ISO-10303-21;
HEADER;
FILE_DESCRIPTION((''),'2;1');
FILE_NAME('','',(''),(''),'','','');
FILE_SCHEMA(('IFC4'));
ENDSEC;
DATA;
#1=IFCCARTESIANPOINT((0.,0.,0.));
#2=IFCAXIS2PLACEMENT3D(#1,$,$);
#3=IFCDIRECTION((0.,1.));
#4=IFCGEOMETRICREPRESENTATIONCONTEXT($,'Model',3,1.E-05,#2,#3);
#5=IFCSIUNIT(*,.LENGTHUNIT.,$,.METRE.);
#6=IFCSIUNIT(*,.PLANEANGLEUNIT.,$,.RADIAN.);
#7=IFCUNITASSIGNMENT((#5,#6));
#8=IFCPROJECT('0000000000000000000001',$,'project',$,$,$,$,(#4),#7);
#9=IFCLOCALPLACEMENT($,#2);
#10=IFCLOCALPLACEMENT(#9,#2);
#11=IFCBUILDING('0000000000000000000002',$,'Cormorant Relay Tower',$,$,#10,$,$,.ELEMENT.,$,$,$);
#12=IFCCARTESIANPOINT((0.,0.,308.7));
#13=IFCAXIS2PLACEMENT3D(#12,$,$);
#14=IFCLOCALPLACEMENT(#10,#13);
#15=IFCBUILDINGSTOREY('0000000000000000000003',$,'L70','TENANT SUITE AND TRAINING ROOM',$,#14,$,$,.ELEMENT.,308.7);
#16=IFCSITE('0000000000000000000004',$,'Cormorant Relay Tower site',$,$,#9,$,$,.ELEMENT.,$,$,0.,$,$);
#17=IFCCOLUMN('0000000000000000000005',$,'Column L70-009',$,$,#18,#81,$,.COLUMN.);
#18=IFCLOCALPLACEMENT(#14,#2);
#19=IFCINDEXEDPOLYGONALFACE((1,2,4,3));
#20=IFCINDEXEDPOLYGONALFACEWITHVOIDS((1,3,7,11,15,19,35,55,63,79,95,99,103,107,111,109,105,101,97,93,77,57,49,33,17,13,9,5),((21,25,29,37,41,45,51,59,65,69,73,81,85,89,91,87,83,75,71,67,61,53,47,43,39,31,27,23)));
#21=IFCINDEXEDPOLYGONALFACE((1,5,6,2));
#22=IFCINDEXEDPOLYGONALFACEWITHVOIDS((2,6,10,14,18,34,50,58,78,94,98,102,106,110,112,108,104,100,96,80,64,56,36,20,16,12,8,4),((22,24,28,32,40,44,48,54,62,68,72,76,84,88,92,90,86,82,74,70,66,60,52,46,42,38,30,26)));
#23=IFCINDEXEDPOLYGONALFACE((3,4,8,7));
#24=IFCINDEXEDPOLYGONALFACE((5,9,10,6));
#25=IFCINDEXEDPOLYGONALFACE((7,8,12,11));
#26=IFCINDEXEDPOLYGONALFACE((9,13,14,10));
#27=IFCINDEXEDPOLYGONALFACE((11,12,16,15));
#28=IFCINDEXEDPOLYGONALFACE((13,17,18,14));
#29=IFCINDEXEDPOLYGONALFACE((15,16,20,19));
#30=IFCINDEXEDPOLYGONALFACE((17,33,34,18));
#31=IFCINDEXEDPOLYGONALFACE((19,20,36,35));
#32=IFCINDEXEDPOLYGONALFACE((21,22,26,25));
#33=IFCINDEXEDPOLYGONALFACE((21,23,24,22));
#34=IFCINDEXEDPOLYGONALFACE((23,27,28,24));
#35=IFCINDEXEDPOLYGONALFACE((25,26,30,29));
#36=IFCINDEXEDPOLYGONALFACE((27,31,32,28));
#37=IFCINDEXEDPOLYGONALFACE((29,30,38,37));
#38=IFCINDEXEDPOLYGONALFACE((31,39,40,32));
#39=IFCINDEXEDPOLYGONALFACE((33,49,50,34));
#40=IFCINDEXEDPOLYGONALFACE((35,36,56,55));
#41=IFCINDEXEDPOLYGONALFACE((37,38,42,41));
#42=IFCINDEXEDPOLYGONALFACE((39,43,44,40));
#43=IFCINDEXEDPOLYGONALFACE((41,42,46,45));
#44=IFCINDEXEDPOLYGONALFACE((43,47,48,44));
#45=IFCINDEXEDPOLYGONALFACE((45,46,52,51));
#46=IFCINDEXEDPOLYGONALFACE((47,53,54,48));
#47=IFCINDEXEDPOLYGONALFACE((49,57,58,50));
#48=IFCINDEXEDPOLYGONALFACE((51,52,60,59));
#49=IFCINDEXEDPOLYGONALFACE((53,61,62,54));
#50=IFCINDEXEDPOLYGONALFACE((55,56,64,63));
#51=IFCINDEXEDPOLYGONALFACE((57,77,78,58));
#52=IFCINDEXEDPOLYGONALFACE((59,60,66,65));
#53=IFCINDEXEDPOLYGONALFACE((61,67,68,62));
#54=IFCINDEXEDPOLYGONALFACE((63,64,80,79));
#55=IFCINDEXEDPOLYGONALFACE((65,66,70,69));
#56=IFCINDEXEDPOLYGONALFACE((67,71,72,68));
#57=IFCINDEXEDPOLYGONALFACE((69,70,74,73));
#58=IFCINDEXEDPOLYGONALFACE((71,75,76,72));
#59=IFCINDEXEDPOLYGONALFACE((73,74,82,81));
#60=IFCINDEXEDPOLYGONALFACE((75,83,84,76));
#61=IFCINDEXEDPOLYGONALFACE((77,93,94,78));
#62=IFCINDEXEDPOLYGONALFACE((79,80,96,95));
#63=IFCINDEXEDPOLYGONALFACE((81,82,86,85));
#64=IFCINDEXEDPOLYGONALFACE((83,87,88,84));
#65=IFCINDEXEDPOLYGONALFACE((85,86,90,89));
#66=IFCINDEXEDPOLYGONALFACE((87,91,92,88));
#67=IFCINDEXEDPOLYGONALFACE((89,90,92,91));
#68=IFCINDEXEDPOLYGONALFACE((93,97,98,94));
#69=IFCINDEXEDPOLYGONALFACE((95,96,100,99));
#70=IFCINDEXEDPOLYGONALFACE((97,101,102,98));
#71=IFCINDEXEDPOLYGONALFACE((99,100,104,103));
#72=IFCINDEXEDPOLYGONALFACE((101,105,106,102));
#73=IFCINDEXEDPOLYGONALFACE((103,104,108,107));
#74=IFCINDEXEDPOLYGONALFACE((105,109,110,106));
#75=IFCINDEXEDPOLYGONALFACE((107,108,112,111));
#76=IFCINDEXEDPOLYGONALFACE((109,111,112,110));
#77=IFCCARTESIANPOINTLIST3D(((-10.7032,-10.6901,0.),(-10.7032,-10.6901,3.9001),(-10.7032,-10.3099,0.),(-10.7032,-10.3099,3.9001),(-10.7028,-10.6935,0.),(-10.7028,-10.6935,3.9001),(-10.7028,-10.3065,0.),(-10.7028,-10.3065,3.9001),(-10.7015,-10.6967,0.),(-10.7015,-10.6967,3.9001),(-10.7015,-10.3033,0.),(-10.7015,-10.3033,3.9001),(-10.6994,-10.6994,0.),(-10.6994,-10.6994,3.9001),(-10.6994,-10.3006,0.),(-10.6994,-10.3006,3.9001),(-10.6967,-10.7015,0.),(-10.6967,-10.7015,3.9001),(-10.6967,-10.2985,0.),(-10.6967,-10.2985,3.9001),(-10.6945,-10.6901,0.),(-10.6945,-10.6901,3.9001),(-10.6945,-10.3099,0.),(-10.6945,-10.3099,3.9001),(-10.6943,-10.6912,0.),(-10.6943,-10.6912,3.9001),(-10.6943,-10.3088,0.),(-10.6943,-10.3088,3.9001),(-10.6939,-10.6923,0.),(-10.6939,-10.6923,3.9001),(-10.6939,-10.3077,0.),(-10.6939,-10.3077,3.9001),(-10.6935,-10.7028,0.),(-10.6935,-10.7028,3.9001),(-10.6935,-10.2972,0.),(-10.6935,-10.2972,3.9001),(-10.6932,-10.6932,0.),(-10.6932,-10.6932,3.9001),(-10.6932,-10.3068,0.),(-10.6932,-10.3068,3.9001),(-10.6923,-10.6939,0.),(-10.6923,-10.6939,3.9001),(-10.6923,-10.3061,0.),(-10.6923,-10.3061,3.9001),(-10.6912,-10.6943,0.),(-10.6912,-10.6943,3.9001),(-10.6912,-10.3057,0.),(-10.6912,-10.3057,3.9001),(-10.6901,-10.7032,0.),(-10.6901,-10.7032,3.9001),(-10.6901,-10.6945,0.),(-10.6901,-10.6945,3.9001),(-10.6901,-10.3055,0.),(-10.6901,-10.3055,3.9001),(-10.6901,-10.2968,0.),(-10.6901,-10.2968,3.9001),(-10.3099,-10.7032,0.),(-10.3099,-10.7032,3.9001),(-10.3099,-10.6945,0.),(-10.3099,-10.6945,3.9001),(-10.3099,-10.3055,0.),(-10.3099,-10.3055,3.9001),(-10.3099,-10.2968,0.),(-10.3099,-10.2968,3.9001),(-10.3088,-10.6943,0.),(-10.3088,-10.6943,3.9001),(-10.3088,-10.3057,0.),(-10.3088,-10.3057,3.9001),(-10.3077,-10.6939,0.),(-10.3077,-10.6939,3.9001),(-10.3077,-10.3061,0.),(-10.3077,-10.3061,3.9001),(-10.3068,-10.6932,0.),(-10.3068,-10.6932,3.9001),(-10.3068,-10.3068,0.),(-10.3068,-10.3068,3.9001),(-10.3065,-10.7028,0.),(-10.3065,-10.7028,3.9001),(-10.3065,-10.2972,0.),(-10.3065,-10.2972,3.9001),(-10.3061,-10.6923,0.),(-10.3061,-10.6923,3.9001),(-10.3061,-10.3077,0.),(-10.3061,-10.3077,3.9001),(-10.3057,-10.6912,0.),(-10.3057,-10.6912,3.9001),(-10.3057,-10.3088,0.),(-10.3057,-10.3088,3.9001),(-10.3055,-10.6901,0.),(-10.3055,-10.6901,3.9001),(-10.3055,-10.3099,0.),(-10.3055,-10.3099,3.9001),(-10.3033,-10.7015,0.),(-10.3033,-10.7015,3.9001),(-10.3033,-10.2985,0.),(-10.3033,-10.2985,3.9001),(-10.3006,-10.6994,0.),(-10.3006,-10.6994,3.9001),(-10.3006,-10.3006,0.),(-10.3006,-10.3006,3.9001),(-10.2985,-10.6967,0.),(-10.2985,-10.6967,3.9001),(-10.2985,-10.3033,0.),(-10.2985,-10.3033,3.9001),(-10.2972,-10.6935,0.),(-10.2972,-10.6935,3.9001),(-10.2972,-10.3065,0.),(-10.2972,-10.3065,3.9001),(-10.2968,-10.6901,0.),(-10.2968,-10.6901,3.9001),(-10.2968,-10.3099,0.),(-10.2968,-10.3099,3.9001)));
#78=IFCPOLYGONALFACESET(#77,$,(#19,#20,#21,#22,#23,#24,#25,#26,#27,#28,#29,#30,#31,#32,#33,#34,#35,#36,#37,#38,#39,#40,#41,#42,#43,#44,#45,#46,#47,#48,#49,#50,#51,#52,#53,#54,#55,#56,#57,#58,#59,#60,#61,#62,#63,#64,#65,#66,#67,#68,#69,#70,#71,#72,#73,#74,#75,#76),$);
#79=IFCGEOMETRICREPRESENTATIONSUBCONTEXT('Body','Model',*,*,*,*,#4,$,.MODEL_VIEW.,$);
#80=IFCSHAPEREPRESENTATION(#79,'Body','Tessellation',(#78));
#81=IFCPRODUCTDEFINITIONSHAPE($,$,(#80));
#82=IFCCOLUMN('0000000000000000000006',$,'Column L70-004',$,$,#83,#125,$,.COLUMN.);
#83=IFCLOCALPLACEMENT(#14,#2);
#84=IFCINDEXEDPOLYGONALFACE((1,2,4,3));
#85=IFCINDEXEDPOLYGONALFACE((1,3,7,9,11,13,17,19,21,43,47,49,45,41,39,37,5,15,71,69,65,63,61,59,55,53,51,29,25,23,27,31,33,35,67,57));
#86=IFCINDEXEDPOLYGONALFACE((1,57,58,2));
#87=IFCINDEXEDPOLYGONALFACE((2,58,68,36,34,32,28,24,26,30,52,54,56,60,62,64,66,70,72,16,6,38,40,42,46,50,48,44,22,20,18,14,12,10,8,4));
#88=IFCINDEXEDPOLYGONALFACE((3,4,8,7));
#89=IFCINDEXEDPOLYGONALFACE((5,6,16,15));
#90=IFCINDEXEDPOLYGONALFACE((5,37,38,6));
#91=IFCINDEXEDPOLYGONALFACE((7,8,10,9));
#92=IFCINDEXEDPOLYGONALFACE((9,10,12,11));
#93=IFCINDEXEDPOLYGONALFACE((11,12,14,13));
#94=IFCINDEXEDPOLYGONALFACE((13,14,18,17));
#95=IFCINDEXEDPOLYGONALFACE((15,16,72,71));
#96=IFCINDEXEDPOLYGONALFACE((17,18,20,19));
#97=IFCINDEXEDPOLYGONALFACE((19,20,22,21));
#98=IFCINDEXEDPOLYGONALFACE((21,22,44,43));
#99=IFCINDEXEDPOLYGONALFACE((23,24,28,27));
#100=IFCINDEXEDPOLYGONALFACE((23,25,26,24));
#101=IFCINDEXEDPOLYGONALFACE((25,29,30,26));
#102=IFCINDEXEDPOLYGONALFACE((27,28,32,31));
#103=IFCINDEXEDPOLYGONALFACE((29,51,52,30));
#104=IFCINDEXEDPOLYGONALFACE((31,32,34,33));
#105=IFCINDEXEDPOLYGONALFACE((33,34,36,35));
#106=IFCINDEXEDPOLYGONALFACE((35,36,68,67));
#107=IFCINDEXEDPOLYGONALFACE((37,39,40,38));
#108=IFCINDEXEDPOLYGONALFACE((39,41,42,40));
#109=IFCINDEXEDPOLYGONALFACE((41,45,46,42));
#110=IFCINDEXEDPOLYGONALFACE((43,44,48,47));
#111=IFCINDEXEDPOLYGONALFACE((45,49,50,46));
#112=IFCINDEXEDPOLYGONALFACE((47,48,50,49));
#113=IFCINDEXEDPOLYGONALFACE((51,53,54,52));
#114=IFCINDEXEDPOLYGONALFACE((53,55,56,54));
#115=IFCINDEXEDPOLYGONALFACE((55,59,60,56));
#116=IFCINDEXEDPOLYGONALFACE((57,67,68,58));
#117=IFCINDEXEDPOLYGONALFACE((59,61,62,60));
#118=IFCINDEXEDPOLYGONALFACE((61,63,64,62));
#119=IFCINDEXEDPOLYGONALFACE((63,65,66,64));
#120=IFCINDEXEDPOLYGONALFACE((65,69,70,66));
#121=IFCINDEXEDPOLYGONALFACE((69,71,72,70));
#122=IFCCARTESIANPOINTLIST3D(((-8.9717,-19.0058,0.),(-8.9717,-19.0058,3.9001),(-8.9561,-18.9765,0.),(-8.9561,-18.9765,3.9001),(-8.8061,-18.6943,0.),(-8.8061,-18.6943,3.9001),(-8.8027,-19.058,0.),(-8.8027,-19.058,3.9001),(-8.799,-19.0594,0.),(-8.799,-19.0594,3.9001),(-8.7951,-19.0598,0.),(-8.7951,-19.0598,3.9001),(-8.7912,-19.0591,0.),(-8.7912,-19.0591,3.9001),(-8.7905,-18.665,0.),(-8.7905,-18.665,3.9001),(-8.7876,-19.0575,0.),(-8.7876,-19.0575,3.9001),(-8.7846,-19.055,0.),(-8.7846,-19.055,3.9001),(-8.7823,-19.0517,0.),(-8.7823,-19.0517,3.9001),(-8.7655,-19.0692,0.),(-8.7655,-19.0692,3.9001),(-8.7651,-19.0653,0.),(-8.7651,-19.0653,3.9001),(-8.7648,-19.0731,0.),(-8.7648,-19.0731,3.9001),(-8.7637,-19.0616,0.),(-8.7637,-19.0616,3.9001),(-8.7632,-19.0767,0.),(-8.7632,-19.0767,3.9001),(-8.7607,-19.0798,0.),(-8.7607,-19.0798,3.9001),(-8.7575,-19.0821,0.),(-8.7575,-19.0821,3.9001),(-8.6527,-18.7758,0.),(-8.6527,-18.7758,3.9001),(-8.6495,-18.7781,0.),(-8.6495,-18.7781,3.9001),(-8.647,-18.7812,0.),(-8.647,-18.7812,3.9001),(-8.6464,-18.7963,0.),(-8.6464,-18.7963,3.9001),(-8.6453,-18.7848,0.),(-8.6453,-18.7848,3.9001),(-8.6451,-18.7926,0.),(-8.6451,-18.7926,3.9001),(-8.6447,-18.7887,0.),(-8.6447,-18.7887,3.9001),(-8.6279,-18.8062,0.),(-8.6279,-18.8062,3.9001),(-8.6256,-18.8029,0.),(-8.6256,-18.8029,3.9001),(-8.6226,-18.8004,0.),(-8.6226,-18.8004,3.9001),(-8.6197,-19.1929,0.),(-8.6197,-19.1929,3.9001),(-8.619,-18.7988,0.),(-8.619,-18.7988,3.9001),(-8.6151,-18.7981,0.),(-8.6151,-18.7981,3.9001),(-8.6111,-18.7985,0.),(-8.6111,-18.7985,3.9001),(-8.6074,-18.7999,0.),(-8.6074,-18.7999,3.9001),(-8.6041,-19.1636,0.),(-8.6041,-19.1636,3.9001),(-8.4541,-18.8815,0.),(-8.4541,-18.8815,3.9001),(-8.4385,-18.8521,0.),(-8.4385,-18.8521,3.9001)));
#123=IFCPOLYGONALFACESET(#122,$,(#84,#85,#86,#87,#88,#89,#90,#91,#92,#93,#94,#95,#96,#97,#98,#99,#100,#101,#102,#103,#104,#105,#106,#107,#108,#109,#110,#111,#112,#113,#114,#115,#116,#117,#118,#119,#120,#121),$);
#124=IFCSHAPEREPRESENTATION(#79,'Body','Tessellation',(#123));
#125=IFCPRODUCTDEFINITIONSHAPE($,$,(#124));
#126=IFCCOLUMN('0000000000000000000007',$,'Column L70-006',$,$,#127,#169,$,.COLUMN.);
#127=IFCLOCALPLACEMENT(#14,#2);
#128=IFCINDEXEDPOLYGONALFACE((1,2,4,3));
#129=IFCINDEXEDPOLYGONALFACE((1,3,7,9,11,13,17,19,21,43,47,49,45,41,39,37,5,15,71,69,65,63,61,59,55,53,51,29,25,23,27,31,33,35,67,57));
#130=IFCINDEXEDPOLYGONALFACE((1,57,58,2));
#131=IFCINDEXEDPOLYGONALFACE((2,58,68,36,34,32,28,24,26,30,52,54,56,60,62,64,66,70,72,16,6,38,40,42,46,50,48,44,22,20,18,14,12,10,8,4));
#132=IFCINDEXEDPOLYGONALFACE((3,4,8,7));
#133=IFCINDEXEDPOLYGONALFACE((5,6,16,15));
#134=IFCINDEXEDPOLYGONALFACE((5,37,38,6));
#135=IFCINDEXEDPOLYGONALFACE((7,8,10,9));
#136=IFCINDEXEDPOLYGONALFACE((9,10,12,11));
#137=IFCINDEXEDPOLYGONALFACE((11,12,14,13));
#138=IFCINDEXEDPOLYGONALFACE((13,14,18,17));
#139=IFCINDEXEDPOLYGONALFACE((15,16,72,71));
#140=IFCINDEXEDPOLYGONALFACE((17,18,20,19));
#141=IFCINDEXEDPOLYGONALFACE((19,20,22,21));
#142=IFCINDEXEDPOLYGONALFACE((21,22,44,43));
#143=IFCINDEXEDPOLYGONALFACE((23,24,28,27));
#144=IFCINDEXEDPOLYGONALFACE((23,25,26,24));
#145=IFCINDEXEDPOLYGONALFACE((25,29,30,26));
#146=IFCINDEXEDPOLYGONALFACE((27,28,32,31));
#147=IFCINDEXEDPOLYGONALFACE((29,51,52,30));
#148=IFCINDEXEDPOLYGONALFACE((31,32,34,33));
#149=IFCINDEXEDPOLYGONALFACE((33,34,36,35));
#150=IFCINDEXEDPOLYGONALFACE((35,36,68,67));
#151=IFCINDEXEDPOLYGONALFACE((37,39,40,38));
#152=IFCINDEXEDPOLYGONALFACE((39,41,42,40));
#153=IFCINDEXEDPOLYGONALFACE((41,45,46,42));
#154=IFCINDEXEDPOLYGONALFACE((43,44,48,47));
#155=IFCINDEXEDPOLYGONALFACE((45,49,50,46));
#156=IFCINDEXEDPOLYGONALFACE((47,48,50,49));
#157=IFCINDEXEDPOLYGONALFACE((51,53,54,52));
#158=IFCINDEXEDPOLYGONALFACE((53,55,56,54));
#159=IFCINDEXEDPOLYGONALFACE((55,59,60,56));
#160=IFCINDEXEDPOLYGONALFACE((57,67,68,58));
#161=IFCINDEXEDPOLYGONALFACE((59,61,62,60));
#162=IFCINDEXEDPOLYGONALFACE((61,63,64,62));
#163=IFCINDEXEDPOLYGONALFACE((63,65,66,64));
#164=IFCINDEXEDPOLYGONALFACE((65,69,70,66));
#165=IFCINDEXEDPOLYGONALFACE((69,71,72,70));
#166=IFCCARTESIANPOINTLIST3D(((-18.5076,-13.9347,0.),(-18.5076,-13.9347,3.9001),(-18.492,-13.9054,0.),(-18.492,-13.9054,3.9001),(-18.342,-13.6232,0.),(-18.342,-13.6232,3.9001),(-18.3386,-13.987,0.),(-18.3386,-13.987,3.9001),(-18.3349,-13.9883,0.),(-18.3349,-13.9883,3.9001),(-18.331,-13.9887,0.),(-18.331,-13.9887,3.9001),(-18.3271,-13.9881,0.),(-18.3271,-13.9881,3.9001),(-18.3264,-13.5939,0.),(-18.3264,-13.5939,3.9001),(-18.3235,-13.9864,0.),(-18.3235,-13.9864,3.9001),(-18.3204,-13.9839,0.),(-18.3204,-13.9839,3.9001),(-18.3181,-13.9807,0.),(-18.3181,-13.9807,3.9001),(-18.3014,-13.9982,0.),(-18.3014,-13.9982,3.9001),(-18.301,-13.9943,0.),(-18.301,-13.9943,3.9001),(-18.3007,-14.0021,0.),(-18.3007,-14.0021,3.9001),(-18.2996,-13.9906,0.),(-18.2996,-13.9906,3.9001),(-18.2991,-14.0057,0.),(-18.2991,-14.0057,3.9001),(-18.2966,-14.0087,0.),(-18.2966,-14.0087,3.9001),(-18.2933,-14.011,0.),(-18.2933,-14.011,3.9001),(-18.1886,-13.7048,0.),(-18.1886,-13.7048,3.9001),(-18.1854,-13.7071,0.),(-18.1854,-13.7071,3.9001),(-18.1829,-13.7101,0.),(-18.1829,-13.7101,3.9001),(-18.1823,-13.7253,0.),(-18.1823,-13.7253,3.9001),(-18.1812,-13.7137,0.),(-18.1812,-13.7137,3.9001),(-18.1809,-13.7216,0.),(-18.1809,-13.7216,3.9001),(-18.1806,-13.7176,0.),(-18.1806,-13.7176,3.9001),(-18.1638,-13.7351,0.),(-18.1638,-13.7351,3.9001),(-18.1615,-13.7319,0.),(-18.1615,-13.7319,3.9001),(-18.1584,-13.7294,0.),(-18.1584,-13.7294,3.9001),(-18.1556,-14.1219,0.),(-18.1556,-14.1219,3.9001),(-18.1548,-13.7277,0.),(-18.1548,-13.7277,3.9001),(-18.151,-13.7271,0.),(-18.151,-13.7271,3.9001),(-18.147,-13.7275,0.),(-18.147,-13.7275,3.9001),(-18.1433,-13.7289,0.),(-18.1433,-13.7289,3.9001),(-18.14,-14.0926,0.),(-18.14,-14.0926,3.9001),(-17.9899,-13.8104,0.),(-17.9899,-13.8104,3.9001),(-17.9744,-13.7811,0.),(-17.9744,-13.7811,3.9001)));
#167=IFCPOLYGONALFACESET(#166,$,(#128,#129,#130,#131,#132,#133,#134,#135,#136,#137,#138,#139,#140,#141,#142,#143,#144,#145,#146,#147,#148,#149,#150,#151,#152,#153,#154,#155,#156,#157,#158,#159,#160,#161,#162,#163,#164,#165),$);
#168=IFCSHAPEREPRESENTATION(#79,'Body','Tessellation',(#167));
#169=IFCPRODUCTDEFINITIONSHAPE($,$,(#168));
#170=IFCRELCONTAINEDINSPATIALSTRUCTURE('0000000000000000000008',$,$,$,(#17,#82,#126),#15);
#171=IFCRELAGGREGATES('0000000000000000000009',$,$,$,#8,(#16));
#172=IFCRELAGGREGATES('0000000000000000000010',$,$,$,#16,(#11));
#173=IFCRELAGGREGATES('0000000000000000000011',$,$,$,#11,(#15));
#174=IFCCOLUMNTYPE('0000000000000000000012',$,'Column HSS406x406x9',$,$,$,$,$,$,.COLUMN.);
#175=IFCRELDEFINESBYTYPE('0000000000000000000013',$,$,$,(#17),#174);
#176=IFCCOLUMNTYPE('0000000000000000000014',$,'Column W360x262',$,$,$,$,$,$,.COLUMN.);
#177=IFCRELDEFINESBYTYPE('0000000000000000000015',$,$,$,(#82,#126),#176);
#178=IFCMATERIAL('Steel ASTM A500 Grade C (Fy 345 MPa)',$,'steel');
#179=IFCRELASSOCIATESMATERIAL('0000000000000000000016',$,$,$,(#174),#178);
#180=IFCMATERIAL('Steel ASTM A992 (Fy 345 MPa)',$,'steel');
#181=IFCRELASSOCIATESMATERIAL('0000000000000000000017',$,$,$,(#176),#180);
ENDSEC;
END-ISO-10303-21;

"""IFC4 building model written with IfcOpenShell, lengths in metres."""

from ifc_helpers import new_model, si_unit, direction, frame, origin, origin_2d, place, context, subcontext, project, spatial, hollow_rectangle, i_section, extrude, material, material_profile, profile_set, type_object, element, save


model = new_model("IFC4")

# Units and contexts
model_context = context("Model", 3, precision=1e-05, world=origin(), true_north=direction((0.0, 1.0)))
body_context = subcontext(model_context, "Body", "Model", "MODEL_VIEW")
ifc_project = project(units=[si_unit("LENGTHUNIT", "METRE"), si_unit("PLANEANGLEUNIT", "RADIAN")], contexts=[model_context])

# Site, building, storey
site_placement = place(None, origin())
site = spatial("IfcSite", under=ifc_project, at=site_placement, Name="Cormorant Relay Tower site", CompositionType="ELEMENT", RefElevation=0.0)
building_placement = place(site_placement, origin())
building = spatial("IfcBuilding", under=site, at=building_placement, Name="Cormorant Relay Tower", CompositionType="ELEMENT")
storey_placement = place(building_placement, frame((0.0, 0.0, 308.7)))
storey = spatial("IfcBuildingStorey", under=building, at=storey_placement, Name="L70", Description="TENANT SUITE AND TRAINING ROOM", CompositionType="ELEMENT", Elevation=308.7)

# Columns
ifc_material_1 = material(Name="Steel ASTM A500 Grade C (Fy 345 MPa)", Category="steel")
ifc_material_profile_1 = material_profile(ifc_material_1, hollow_rectangle(XDim=0.4065, YDim=0.4065, WallThickness=0.0088, InnerFilletRadius=0.0044, OuterFilletRadius=0.0132, at=origin_2d()), Name="HSS406x406x9")
ifc_profile_set_1 = profile_set([ifc_material_profile_1], Name="Steel ASTM A500 Grade C (Fy 345 MPa)")
column_type_1 = type_object("IfcColumnType", Name="Column HSS406x406x9", PredefinedType="COLUMN", material=ifc_profile_set_1)
column_placement = place(storey_placement, frame((-10.5, -10.5, 0.0), z_axis=(0.0, 0.0, 1.0), x_axis=(1.0, 0.0, 0.0)))
element("IfcColumn", 1, at=column_placement, inside=storey, type_object=column_type_1, Name="Column L70-009", PredefinedType="COLUMN", context=body_context, shape_type="SweptSolid", body=[
    extrude(hollow_rectangle(XDim=0.4065, YDim=0.4065, WallThickness=0.0088, InnerFilletRadius=0.0044, OuterFilletRadius=0.0132, at=origin_2d()), origin(), (0.0, 0.0, 1.0), 3.9001),
])
ifc_material_2 = material(Name="Steel ASTM A992 (Fy 345 MPa)", Category="steel")
ifc_material_profile_2 = material_profile(ifc_material_2, i_section(OverallWidth=0.3987, OverallDepth=0.386, WebThickness=0.021, FlangeThickness=0.0332, FilletRadius=0.0151, at=origin_2d()), Name="W360x262")
ifc_profile_set_2 = profile_set([ifc_material_profile_2], Name="Steel ASTM A992 (Fy 345 MPa)")
column_type_2 = type_object("IfcColumnType", Name="Column W360x262", PredefinedType="COLUMN", material=ifc_profile_set_2)
for number, where, z_axis, x_axis, name in (
    (2, (-8.7051, -18.929, 0.0), (0.0, 0.0, 1.0), (0.882948, -0.469472, 0.0), "Column L70-004"),
    (3, (-18.241, -13.8579, 0.0), (0.0, 0.0, 1.0), (0.882948, -0.469472, 0.0), "Column L70-006"),
):
    element("IfcColumn", number, at=place(storey_placement, frame(where, z_axis=z_axis, x_axis=x_axis)), inside=storey, type_object=column_type_2, Name=name, PredefinedType="COLUMN", context=body_context, shape_type="SweptSolid", body=[
        extrude(i_section(OverallWidth=0.3987, OverallDepth=0.386, WebThickness=0.021, FlangeThickness=0.0332, FilletRadius=0.0151, at=origin_2d()), origin(), (0.0, 0.0, 1.0), 3.9001),
    ])

save(model, "model.ifc")
